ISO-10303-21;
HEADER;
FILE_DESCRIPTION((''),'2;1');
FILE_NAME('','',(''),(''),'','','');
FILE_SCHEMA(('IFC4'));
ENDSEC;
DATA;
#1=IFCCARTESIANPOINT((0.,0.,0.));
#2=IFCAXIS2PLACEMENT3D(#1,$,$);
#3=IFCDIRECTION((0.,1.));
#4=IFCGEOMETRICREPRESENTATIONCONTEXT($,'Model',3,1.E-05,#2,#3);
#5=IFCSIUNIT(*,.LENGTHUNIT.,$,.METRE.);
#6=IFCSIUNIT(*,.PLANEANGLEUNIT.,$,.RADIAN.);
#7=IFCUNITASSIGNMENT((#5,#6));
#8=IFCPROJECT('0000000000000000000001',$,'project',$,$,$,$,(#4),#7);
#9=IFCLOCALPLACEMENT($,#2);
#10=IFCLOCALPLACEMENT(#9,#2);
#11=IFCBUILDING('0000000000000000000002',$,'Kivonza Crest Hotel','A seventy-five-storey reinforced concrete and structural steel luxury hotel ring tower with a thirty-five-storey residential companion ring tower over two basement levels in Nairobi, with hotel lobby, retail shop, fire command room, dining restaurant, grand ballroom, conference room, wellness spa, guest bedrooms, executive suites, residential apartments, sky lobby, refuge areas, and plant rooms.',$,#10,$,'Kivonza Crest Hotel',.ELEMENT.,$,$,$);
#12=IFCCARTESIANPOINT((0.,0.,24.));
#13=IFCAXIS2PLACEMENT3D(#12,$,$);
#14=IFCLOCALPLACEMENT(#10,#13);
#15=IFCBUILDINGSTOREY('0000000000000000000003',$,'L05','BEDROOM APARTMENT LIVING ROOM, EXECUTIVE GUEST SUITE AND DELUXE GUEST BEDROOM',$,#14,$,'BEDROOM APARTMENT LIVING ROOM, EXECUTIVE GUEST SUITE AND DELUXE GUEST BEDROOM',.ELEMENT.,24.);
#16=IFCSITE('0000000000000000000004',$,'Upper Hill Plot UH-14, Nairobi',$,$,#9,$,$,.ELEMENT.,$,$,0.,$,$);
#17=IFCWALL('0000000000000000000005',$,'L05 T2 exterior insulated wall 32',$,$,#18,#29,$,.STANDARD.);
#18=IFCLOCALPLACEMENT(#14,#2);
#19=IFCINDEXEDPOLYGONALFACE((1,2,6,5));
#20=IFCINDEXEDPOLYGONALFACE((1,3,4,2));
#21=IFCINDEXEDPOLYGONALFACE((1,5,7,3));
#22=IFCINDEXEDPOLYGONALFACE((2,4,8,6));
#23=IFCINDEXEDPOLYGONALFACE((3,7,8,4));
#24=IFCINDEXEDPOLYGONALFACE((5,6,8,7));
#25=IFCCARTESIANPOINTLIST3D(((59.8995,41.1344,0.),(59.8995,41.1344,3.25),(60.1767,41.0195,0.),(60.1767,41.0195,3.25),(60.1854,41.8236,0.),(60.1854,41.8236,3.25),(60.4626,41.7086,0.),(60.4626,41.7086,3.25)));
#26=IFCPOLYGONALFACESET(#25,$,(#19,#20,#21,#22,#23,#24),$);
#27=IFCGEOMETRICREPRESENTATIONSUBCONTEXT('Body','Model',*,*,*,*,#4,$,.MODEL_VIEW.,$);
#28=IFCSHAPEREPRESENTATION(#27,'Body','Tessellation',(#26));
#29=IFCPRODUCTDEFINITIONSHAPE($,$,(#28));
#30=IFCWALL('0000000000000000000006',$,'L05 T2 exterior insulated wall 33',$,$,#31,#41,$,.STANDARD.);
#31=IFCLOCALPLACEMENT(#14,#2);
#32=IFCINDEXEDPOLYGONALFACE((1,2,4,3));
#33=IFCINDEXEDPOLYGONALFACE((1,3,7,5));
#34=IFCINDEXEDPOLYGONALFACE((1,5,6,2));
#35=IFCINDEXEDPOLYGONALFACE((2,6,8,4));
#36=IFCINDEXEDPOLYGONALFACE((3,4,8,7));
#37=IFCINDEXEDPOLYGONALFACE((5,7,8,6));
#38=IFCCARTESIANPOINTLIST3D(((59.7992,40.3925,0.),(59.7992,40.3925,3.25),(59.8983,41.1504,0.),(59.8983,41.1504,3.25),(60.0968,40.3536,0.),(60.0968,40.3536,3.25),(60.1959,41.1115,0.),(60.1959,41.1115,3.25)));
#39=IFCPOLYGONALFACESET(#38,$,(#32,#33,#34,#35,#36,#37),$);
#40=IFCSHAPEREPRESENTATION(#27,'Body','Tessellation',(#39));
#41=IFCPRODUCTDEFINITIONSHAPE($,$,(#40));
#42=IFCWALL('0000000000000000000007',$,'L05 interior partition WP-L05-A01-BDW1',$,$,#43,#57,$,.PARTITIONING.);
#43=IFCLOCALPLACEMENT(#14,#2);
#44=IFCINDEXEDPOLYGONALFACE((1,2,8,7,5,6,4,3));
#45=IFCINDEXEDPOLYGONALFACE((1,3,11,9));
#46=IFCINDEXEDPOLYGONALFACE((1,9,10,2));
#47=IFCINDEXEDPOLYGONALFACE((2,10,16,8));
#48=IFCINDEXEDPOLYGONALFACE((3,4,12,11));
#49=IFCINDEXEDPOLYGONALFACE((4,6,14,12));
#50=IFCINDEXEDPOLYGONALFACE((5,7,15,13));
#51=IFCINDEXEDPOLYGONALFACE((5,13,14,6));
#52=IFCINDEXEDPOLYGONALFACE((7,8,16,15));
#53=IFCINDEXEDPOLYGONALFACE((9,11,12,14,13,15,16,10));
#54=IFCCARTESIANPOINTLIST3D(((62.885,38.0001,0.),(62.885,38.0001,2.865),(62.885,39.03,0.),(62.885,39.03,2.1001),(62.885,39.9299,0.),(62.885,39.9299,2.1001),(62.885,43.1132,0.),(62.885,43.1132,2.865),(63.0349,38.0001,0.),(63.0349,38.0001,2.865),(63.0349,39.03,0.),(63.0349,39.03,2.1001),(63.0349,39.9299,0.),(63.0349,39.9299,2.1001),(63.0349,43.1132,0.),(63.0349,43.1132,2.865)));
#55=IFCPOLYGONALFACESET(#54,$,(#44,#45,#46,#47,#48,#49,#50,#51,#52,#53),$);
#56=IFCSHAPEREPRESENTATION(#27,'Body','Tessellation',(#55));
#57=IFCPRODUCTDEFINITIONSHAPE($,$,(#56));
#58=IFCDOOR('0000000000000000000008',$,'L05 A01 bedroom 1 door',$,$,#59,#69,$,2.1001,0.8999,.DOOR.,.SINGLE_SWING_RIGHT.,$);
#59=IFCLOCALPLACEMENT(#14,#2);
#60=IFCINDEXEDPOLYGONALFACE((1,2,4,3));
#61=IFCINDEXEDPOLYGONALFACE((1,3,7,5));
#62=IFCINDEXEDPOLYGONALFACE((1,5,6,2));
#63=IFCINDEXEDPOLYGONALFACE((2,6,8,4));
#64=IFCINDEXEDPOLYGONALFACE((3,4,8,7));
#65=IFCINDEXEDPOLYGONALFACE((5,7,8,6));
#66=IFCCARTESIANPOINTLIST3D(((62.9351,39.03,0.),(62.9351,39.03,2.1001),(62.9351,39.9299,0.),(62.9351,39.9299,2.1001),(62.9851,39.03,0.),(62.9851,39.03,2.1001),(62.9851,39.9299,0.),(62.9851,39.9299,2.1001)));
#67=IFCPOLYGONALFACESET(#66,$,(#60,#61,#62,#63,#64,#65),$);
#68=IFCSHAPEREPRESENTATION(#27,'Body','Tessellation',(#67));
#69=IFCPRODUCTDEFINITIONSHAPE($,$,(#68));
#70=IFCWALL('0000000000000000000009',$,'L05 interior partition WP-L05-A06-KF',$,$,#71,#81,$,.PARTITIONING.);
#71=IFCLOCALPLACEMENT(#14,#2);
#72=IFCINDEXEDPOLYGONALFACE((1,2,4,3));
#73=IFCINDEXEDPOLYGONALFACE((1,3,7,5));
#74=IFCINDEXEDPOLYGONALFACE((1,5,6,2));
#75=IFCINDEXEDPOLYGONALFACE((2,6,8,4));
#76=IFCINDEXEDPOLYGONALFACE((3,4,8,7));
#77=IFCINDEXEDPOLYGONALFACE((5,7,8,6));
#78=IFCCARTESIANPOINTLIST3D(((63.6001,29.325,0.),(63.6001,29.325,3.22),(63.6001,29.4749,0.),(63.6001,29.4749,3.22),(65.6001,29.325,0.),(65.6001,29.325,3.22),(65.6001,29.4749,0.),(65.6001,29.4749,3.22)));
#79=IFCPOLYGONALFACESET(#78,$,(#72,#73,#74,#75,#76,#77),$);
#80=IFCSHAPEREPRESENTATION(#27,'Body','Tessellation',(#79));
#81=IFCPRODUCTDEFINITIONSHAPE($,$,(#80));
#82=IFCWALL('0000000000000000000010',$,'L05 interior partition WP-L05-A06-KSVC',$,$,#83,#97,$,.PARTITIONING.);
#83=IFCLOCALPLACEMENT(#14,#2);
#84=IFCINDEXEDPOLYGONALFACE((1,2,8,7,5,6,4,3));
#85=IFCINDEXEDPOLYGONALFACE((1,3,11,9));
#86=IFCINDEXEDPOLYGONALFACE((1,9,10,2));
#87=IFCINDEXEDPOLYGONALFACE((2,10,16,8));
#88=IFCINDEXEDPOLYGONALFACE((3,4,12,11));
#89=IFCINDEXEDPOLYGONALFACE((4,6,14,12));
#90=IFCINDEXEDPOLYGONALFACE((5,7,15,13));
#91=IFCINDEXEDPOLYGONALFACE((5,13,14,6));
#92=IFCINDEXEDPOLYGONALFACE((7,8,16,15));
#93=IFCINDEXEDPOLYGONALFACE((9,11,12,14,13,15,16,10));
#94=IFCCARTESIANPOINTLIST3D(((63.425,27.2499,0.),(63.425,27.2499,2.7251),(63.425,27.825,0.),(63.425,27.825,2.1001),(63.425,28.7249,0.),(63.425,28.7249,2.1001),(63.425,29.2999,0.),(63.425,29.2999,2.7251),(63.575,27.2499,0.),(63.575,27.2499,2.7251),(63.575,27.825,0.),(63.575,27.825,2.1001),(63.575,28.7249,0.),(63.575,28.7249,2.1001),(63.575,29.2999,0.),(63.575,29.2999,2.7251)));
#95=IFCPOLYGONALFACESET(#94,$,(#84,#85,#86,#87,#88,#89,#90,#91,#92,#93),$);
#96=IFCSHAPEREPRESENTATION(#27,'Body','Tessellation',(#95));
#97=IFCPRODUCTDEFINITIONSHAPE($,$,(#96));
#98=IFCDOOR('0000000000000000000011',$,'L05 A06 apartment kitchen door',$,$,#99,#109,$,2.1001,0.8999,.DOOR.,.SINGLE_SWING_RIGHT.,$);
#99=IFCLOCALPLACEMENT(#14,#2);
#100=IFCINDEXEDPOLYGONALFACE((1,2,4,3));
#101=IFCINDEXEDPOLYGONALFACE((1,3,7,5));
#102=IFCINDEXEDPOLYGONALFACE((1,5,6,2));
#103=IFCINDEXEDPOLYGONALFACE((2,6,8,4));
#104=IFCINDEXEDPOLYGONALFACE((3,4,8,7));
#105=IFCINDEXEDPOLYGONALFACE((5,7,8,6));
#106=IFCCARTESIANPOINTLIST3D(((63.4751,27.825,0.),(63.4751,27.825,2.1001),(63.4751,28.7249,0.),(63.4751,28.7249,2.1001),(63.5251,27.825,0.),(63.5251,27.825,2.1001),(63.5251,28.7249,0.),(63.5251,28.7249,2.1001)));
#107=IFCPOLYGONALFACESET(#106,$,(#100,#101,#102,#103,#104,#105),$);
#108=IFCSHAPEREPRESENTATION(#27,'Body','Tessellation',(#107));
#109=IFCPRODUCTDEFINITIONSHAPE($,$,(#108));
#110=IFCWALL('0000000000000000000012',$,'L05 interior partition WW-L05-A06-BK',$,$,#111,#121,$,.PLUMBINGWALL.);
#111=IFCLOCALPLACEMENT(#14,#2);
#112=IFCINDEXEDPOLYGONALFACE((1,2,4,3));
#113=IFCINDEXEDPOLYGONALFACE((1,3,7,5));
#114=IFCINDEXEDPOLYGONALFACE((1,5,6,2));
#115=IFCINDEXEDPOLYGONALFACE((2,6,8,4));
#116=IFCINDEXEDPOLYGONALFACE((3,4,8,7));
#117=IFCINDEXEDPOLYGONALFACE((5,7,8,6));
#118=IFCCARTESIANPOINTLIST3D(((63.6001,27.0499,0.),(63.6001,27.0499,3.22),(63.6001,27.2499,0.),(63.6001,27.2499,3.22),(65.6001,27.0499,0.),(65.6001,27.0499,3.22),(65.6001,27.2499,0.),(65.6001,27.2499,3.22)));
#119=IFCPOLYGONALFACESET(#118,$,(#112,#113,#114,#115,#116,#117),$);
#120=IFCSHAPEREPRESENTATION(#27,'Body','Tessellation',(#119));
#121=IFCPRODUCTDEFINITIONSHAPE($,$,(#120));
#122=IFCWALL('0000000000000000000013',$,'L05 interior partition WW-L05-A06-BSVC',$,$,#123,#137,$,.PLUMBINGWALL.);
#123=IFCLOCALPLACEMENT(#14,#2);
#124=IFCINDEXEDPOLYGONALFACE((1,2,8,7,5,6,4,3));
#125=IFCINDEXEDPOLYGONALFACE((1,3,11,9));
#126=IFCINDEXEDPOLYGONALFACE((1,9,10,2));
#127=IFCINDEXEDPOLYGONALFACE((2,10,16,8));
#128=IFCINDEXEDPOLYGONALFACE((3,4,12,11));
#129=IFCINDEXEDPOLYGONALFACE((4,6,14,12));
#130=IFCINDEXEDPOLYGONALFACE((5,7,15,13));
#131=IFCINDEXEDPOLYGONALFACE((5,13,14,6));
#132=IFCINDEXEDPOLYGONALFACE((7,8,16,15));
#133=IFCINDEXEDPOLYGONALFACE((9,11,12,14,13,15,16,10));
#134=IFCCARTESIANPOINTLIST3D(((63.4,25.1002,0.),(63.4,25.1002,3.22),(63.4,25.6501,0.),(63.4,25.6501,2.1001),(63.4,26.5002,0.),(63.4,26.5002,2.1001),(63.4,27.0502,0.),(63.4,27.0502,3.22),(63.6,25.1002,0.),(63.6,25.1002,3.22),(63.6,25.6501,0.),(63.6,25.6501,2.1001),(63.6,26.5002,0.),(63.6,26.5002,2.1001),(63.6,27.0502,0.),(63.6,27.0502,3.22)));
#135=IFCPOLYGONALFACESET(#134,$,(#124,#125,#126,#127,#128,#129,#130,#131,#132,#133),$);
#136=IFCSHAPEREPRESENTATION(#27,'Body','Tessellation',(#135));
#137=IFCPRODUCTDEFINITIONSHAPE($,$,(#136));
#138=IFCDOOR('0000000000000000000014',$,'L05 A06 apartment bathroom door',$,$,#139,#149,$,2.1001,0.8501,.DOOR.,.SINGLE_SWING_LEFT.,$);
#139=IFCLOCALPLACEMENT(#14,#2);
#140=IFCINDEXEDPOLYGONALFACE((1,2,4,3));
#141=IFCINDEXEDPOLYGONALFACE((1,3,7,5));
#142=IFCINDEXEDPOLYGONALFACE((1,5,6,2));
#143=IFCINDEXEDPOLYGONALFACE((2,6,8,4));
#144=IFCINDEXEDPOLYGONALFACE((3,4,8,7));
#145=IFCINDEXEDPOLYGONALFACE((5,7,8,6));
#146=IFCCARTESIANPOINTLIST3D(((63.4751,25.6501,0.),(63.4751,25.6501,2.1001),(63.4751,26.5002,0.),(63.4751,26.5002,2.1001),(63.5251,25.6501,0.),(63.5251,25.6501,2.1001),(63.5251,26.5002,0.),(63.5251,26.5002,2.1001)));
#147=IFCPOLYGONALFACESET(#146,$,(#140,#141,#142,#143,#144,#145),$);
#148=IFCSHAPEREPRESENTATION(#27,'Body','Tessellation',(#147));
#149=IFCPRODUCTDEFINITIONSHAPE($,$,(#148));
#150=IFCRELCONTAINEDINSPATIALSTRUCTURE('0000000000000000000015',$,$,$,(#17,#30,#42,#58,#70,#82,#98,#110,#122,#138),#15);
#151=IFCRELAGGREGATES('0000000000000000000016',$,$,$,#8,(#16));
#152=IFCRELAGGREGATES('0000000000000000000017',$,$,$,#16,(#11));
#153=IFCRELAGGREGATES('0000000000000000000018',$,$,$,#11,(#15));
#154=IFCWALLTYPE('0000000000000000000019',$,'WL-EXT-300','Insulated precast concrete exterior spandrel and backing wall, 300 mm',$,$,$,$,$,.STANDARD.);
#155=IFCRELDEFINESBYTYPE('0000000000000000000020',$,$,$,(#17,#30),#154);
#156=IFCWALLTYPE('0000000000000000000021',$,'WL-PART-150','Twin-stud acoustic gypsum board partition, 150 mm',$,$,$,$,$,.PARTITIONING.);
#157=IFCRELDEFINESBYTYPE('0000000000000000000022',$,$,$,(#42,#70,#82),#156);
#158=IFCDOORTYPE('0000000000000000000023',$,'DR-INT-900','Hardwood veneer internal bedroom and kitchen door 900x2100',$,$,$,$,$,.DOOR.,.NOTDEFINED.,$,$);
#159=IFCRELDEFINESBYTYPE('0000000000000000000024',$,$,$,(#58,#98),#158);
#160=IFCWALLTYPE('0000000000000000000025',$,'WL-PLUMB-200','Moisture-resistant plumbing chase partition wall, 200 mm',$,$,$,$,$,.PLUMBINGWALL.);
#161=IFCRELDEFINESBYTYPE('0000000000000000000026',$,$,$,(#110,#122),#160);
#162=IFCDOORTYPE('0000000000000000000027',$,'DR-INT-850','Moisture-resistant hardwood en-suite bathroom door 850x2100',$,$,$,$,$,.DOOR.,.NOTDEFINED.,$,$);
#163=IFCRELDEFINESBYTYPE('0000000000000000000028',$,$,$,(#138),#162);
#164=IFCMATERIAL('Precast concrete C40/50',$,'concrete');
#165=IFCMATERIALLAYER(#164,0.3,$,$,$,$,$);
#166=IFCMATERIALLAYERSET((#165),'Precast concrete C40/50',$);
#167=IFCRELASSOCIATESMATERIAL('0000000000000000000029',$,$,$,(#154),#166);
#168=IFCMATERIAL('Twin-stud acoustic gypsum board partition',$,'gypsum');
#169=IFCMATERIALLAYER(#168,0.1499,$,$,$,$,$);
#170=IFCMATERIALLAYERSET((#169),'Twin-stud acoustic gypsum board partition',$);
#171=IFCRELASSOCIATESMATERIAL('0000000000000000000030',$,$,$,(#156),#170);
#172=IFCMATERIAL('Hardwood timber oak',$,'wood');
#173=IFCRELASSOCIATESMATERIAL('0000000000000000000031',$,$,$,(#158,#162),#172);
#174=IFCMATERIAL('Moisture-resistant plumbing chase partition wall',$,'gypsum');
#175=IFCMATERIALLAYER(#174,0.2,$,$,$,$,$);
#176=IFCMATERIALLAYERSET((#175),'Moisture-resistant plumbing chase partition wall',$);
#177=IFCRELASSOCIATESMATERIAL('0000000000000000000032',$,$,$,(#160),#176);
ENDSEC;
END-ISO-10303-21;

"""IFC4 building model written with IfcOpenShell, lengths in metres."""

from ifc_helpers import new_model, si_unit, direction, frame, frame_2d, origin, place, context, subcontext, project, spatial, rectangle, extrude, material, layer, layer_set, type_object, element, fill, save


model = new_model("IFC4")

# Units and contexts
model_context = context("Model", 3, precision=1e-05, world=origin(), true_north=direction((0.0, 1.0)))
body_context = subcontext(model_context, "Body", "Model", "MODEL_VIEW")
ifc_project = project(units=[si_unit("LENGTHUNIT", "METRE"), si_unit("PLANEANGLEUNIT", "RADIAN")], contexts=[model_context])

# Site, building, storey
site_placement = place(None, origin())
site = spatial("IfcSite", under=ifc_project, at=site_placement, Name="Upper Hill Plot UH-14, Nairobi", CompositionType="ELEMENT", RefElevation=0.0)
building_placement = place(site_placement, origin())
building = spatial("IfcBuilding", under=site, at=building_placement, Name="Kivonza Crest Hotel", Description="A seventy-five-storey reinforced concrete and structural steel luxury hotel ring tower with a thirty-five-storey residential companion ring tower over two basement levels in Nairobi, with hotel lobby, retail shop, fire command room, dining restaurant, grand ballroom, conference room, wellness spa, guest bedrooms, executive suites, residential apartments, sky lobby, refuge areas, and plant rooms.", LongName="Kivonza Crest Hotel", CompositionType="ELEMENT")
storey_placement = place(building_placement, frame((0.0, 0.0, 24.0)))
storey = spatial("IfcBuildingStorey", under=building, at=storey_placement, Name="L05", Description="BEDROOM APARTMENT LIVING ROOM, EXECUTIVE GUEST SUITE AND DELUXE GUEST BEDROOM", LongName="BEDROOM APARTMENT LIVING ROOM, EXECUTIVE GUEST SUITE AND DELUXE GUEST BEDROOM", CompositionType="ELEMENT", Elevation=24.0)

# Walls
ifc_material_1 = material(Name="Precast concrete C40/50", Category="concrete")
ifc_layer_1 = layer(ifc_material_1, 0.3)
ifc_layer_set_1 = layer_set([ifc_layer_1], Name="Precast concrete C40/50")
wall_type_1 = type_object("IfcWallType", Name="WL-EXT-300", Description="Insulated precast concrete exterior spandrel and backing wall, 300 mm", PredefinedType="STANDARD", material=ifc_layer_set_1)
for number, where, z_axis, x_axis, name in (
    (1, (60.324, 41.7661, 0.0), (0.0, 0.0, 1.0), (-0.383151, -0.923686, 0.0), "L05 T2 exterior insulated wall 32"),
):
    element("IfcWall", number, at=place(storey_placement, frame(where, z_axis=z_axis, x_axis=x_axis)), inside=storey, type_object=wall_type_1, Name=name, PredefinedType="STANDARD", context=body_context, shape_type="SweptSolid", body=[
        extrude(rectangle(XDim=0.7461, YDim=0.3, at=frame_2d((0.373, 0.0))), origin(), (0.0, 0.0, 1.0), 3.25),
    ])
wall_1_placement = place(storey_placement, frame((60.0471, 41.1311, 0.0), z_axis=(0.0, 0.0, 1.0), x_axis=(-0.129653, -0.991559, 0.0)))
element("IfcWall", 2, at=wall_1_placement, inside=storey, type_object=wall_type_1, Name="L05 T2 exterior insulated wall 33", PredefinedType="STANDARD", context=body_context, shape_type="SweptSolid", body=[
    extrude(rectangle(XDim=0.7644, YDim=0.3, at=frame_2d((0.3823, 0.0))), origin(), (0.0, 0.0, 1.0), 3.25),
])

# Wall, opening, door
ifc_material_2 = material(Name="Twin-stud acoustic gypsum board partition", Category="gypsum")
ifc_layer_2 = layer(ifc_material_2, 0.1499)
ifc_layer_set_2 = layer_set([ifc_layer_2], Name="Twin-stud acoustic gypsum board partition")
wall_type_2 = type_object("IfcWallType", Name="WL-PART-150", Description="Twin-stud acoustic gypsum board partition, 150 mm", PredefinedType="PARTITIONING", material=ifc_layer_set_2)
wall_2_placement = place(storey_placement, frame((62.96, 38.0, 0.0), z_axis=(0.0, 0.0, 1.0), x_axis=(0.0, 1.0, 0.0)))
wall_2 = element("IfcWall", 3, at=wall_2_placement, inside=storey, type_object=wall_type_2, Name="L05 interior partition WP-L05-A01-BDW1", PredefinedType="PARTITIONING", context=body_context, shape_type="SweptSolid", body=[
    extrude(rectangle(XDim=5.113, YDim=0.1499, at=frame_2d((2.5566, 0.0))), origin(), (0.0, 0.0, 1.0), 2.865),
])
opening_1_placement = place(wall_2_placement, frame((1.03, 0.0, 0.0)))
opening_1 = element("IfcOpeningElement", 4, at=opening_1_placement, cuts=wall_2, PredefinedType="OPENING", context=body_context, shape_type="SweptSolid", body=[
    extrude(rectangle(XDim=0.8999, YDim=2.1001, at=frame_2d((0.45, 1.05))), frame((0.0, 0.085, 0.0), z_axis=(0.0, -1.0, 0.0), x_axis=(1.0, 0.0, 0.0)), (0.0, 0.0, 1.0), 0.1699),
])
ifc_material_3 = material(Name="Hardwood timber oak", Category="wood")
door_type_1 = type_object("IfcDoorType", Name="DR-INT-900", Description="Hardwood veneer internal bedroom and kitchen door 900x2100", OperationType="NOTDEFINED", PredefinedType="DOOR", material=ifc_material_3)
door_1_placement = place(opening_1_placement, origin())
door_1 = element("IfcDoor", 5, at=door_1_placement, inside=storey, type_object=door_type_1, Name="L05 A01 bedroom 1 door", OperationType="SINGLE_SWING_RIGHT", OverallHeight=2.1001, OverallWidth=0.8999, PredefinedType="DOOR", context=body_context, shape_type="SweptSolid", body=[
    extrude(rectangle(XDim=0.8999, YDim=2.1001, at=frame_2d((0.45, 1.05))), frame((0.0, 0.0249, 0.0), z_axis=(0.0, -1.0, 0.0), x_axis=(1.0, 0.0, 0.0)), (0.0, 0.0, 1.0), 0.05),
])
fill(opening_1, door_1)

# Wall
wall_3_placement = place(storey_placement, frame((63.6001, 29.3999, 0.0), z_axis=(0.0, 0.0, 1.0), x_axis=(1.0, 0.0, 0.0)))
element("IfcWall", 6, at=wall_3_placement, inside=storey, type_object=wall_type_2, Name="L05 interior partition WP-L05-A06-KF", PredefinedType="PARTITIONING", context=body_context, shape_type="SweptSolid", body=[
    extrude(rectangle(XDim=2.0, YDim=0.1499, at=frame_2d((1.0, 0.0))), origin(), (0.0, 0.0, 1.0), 3.22),
])

# Wall, opening, door
wall_4_placement = place(storey_placement, frame((63.5, 27.25, 0.0), z_axis=(0.0, 0.0, 1.0), x_axis=(0.0, 1.0, 0.0)))
wall_4 = element("IfcWall", 7, at=wall_4_placement, inside=storey, type_object=wall_type_2, Name="L05 interior partition WP-L05-A06-KSVC", PredefinedType="PARTITIONING", context=body_context, shape_type="SweptSolid", body=[
    extrude(rectangle(XDim=2.05, YDim=0.1499, at=frame_2d((1.0249, 0.0))), origin(), (0.0, 0.0, 1.0), 2.7251),
])
opening_2_placement = place(wall_4_placement, frame((0.575, 0.0, 0.0)))
opening_2 = element("IfcOpeningElement", 8, at=opening_2_placement, cuts=wall_4, PredefinedType="OPENING", context=body_context, shape_type="SweptSolid", body=[
    extrude(rectangle(XDim=0.8999, YDim=2.1001, at=frame_2d((0.45, 1.05))), frame((0.0, 0.085, 0.0), z_axis=(0.0, -1.0, 0.0), x_axis=(1.0, 0.0, 0.0)), (0.0, 0.0, 1.0), 0.1699),
])
door_2_placement = place(opening_2_placement, origin())
door_2 = element("IfcDoor", 9, at=door_2_placement, inside=storey, type_object=door_type_1, Name="L05 A06 apartment kitchen door", OperationType="SINGLE_SWING_RIGHT", OverallHeight=2.1001, OverallWidth=0.8999, PredefinedType="DOOR", context=body_context, shape_type="SweptSolid", body=[
    extrude(rectangle(XDim=0.8999, YDim=2.1001, at=frame_2d((0.45, 1.05))), frame((0.0, 0.0249, 0.0), z_axis=(0.0, -1.0, 0.0), x_axis=(1.0, 0.0, 0.0)), (0.0, 0.0, 1.0), 0.05),
])
fill(opening_2, door_2)

# Wall
ifc_material_4 = material(Name="Moisture-resistant plumbing chase partition wall", Category="gypsum")
ifc_layer_3 = layer(ifc_material_4, 0.2)
ifc_layer_set_3 = layer_set([ifc_layer_3], Name="Moisture-resistant plumbing chase partition wall")
wall_type_3 = type_object("IfcWallType", Name="WL-PLUMB-200", Description="Moisture-resistant plumbing chase partition wall, 200 mm", PredefinedType="PLUMBINGWALL", material=ifc_layer_set_3)
wall_5_placement = place(storey_placement, frame((63.6001, 27.1499, 0.0), z_axis=(0.0, 0.0, 1.0), x_axis=(1.0, 0.0, 0.0)))
element("IfcWall", 10, at=wall_5_placement, inside=storey, type_object=wall_type_3, Name="L05 interior partition WW-L05-A06-BK", PredefinedType="PLUMBINGWALL", context=body_context, shape_type="SweptSolid", body=[
    extrude(rectangle(XDim=2.0, YDim=0.2, at=frame_2d((1.0, 0.0))), origin(), (0.0, 0.0, 1.0), 3.22),
])

# Wall, opening, door
wall_6_placement = place(storey_placement, frame((63.5, 25.1001, 0.0), z_axis=(0.0, 0.0, 1.0), x_axis=(0.0, 1.0, 0.0)))
wall_6 = element("IfcWall", 11, at=wall_6_placement, inside=storey, type_object=wall_type_3, Name="L05 interior partition WW-L05-A06-BSVC", PredefinedType="PLUMBINGWALL", context=body_context, shape_type="SweptSolid", body=[
    extrude(rectangle(XDim=1.95, YDim=0.2, at=frame_2d((0.9751, 0.0))), origin(), (0.0, 0.0, 1.0), 3.22),
])
opening_3_placement = place(wall_6_placement, frame((0.55, 0.0, 0.0)))
opening_3 = element("IfcOpeningElement", 12, at=opening_3_placement, cuts=wall_6, PredefinedType="OPENING", context=body_context, shape_type="SweptSolid", body=[
    extrude(rectangle(XDim=0.8501, YDim=2.1001, at=frame_2d((0.425, 1.05))), frame((0.0, 0.1099, 0.0), z_axis=(0.0, -1.0, 0.0), x_axis=(1.0, 0.0, 0.0)), (0.0, 0.0, 1.0), 0.22),
])
door_type_2 = type_object("IfcDoorType", Name="DR-INT-850", Description="Moisture-resistant hardwood en-suite bathroom door 850x2100", OperationType="NOTDEFINED", PredefinedType="DOOR", material=ifc_material_3)
door_3_placement = place(opening_3_placement, origin())
door_3 = element("IfcDoor", 13, at=door_3_placement, inside=storey, type_object=door_type_2, Name="L05 A06 apartment bathroom door", OperationType="SINGLE_SWING_LEFT", OverallHeight=2.1001, OverallWidth=0.8501, PredefinedType="DOOR", context=body_context, shape_type="SweptSolid", body=[
    extrude(rectangle(XDim=0.8501, YDim=2.1001, at=frame_2d((0.425, 1.05))), frame((0.0, 0.0249, 0.0), z_axis=(0.0, -1.0, 0.0), x_axis=(1.0, 0.0, 0.0)), (0.0, 0.0, 1.0), 0.05),
])
fill(opening_3, door_3)

save(model, "model.ifc")
